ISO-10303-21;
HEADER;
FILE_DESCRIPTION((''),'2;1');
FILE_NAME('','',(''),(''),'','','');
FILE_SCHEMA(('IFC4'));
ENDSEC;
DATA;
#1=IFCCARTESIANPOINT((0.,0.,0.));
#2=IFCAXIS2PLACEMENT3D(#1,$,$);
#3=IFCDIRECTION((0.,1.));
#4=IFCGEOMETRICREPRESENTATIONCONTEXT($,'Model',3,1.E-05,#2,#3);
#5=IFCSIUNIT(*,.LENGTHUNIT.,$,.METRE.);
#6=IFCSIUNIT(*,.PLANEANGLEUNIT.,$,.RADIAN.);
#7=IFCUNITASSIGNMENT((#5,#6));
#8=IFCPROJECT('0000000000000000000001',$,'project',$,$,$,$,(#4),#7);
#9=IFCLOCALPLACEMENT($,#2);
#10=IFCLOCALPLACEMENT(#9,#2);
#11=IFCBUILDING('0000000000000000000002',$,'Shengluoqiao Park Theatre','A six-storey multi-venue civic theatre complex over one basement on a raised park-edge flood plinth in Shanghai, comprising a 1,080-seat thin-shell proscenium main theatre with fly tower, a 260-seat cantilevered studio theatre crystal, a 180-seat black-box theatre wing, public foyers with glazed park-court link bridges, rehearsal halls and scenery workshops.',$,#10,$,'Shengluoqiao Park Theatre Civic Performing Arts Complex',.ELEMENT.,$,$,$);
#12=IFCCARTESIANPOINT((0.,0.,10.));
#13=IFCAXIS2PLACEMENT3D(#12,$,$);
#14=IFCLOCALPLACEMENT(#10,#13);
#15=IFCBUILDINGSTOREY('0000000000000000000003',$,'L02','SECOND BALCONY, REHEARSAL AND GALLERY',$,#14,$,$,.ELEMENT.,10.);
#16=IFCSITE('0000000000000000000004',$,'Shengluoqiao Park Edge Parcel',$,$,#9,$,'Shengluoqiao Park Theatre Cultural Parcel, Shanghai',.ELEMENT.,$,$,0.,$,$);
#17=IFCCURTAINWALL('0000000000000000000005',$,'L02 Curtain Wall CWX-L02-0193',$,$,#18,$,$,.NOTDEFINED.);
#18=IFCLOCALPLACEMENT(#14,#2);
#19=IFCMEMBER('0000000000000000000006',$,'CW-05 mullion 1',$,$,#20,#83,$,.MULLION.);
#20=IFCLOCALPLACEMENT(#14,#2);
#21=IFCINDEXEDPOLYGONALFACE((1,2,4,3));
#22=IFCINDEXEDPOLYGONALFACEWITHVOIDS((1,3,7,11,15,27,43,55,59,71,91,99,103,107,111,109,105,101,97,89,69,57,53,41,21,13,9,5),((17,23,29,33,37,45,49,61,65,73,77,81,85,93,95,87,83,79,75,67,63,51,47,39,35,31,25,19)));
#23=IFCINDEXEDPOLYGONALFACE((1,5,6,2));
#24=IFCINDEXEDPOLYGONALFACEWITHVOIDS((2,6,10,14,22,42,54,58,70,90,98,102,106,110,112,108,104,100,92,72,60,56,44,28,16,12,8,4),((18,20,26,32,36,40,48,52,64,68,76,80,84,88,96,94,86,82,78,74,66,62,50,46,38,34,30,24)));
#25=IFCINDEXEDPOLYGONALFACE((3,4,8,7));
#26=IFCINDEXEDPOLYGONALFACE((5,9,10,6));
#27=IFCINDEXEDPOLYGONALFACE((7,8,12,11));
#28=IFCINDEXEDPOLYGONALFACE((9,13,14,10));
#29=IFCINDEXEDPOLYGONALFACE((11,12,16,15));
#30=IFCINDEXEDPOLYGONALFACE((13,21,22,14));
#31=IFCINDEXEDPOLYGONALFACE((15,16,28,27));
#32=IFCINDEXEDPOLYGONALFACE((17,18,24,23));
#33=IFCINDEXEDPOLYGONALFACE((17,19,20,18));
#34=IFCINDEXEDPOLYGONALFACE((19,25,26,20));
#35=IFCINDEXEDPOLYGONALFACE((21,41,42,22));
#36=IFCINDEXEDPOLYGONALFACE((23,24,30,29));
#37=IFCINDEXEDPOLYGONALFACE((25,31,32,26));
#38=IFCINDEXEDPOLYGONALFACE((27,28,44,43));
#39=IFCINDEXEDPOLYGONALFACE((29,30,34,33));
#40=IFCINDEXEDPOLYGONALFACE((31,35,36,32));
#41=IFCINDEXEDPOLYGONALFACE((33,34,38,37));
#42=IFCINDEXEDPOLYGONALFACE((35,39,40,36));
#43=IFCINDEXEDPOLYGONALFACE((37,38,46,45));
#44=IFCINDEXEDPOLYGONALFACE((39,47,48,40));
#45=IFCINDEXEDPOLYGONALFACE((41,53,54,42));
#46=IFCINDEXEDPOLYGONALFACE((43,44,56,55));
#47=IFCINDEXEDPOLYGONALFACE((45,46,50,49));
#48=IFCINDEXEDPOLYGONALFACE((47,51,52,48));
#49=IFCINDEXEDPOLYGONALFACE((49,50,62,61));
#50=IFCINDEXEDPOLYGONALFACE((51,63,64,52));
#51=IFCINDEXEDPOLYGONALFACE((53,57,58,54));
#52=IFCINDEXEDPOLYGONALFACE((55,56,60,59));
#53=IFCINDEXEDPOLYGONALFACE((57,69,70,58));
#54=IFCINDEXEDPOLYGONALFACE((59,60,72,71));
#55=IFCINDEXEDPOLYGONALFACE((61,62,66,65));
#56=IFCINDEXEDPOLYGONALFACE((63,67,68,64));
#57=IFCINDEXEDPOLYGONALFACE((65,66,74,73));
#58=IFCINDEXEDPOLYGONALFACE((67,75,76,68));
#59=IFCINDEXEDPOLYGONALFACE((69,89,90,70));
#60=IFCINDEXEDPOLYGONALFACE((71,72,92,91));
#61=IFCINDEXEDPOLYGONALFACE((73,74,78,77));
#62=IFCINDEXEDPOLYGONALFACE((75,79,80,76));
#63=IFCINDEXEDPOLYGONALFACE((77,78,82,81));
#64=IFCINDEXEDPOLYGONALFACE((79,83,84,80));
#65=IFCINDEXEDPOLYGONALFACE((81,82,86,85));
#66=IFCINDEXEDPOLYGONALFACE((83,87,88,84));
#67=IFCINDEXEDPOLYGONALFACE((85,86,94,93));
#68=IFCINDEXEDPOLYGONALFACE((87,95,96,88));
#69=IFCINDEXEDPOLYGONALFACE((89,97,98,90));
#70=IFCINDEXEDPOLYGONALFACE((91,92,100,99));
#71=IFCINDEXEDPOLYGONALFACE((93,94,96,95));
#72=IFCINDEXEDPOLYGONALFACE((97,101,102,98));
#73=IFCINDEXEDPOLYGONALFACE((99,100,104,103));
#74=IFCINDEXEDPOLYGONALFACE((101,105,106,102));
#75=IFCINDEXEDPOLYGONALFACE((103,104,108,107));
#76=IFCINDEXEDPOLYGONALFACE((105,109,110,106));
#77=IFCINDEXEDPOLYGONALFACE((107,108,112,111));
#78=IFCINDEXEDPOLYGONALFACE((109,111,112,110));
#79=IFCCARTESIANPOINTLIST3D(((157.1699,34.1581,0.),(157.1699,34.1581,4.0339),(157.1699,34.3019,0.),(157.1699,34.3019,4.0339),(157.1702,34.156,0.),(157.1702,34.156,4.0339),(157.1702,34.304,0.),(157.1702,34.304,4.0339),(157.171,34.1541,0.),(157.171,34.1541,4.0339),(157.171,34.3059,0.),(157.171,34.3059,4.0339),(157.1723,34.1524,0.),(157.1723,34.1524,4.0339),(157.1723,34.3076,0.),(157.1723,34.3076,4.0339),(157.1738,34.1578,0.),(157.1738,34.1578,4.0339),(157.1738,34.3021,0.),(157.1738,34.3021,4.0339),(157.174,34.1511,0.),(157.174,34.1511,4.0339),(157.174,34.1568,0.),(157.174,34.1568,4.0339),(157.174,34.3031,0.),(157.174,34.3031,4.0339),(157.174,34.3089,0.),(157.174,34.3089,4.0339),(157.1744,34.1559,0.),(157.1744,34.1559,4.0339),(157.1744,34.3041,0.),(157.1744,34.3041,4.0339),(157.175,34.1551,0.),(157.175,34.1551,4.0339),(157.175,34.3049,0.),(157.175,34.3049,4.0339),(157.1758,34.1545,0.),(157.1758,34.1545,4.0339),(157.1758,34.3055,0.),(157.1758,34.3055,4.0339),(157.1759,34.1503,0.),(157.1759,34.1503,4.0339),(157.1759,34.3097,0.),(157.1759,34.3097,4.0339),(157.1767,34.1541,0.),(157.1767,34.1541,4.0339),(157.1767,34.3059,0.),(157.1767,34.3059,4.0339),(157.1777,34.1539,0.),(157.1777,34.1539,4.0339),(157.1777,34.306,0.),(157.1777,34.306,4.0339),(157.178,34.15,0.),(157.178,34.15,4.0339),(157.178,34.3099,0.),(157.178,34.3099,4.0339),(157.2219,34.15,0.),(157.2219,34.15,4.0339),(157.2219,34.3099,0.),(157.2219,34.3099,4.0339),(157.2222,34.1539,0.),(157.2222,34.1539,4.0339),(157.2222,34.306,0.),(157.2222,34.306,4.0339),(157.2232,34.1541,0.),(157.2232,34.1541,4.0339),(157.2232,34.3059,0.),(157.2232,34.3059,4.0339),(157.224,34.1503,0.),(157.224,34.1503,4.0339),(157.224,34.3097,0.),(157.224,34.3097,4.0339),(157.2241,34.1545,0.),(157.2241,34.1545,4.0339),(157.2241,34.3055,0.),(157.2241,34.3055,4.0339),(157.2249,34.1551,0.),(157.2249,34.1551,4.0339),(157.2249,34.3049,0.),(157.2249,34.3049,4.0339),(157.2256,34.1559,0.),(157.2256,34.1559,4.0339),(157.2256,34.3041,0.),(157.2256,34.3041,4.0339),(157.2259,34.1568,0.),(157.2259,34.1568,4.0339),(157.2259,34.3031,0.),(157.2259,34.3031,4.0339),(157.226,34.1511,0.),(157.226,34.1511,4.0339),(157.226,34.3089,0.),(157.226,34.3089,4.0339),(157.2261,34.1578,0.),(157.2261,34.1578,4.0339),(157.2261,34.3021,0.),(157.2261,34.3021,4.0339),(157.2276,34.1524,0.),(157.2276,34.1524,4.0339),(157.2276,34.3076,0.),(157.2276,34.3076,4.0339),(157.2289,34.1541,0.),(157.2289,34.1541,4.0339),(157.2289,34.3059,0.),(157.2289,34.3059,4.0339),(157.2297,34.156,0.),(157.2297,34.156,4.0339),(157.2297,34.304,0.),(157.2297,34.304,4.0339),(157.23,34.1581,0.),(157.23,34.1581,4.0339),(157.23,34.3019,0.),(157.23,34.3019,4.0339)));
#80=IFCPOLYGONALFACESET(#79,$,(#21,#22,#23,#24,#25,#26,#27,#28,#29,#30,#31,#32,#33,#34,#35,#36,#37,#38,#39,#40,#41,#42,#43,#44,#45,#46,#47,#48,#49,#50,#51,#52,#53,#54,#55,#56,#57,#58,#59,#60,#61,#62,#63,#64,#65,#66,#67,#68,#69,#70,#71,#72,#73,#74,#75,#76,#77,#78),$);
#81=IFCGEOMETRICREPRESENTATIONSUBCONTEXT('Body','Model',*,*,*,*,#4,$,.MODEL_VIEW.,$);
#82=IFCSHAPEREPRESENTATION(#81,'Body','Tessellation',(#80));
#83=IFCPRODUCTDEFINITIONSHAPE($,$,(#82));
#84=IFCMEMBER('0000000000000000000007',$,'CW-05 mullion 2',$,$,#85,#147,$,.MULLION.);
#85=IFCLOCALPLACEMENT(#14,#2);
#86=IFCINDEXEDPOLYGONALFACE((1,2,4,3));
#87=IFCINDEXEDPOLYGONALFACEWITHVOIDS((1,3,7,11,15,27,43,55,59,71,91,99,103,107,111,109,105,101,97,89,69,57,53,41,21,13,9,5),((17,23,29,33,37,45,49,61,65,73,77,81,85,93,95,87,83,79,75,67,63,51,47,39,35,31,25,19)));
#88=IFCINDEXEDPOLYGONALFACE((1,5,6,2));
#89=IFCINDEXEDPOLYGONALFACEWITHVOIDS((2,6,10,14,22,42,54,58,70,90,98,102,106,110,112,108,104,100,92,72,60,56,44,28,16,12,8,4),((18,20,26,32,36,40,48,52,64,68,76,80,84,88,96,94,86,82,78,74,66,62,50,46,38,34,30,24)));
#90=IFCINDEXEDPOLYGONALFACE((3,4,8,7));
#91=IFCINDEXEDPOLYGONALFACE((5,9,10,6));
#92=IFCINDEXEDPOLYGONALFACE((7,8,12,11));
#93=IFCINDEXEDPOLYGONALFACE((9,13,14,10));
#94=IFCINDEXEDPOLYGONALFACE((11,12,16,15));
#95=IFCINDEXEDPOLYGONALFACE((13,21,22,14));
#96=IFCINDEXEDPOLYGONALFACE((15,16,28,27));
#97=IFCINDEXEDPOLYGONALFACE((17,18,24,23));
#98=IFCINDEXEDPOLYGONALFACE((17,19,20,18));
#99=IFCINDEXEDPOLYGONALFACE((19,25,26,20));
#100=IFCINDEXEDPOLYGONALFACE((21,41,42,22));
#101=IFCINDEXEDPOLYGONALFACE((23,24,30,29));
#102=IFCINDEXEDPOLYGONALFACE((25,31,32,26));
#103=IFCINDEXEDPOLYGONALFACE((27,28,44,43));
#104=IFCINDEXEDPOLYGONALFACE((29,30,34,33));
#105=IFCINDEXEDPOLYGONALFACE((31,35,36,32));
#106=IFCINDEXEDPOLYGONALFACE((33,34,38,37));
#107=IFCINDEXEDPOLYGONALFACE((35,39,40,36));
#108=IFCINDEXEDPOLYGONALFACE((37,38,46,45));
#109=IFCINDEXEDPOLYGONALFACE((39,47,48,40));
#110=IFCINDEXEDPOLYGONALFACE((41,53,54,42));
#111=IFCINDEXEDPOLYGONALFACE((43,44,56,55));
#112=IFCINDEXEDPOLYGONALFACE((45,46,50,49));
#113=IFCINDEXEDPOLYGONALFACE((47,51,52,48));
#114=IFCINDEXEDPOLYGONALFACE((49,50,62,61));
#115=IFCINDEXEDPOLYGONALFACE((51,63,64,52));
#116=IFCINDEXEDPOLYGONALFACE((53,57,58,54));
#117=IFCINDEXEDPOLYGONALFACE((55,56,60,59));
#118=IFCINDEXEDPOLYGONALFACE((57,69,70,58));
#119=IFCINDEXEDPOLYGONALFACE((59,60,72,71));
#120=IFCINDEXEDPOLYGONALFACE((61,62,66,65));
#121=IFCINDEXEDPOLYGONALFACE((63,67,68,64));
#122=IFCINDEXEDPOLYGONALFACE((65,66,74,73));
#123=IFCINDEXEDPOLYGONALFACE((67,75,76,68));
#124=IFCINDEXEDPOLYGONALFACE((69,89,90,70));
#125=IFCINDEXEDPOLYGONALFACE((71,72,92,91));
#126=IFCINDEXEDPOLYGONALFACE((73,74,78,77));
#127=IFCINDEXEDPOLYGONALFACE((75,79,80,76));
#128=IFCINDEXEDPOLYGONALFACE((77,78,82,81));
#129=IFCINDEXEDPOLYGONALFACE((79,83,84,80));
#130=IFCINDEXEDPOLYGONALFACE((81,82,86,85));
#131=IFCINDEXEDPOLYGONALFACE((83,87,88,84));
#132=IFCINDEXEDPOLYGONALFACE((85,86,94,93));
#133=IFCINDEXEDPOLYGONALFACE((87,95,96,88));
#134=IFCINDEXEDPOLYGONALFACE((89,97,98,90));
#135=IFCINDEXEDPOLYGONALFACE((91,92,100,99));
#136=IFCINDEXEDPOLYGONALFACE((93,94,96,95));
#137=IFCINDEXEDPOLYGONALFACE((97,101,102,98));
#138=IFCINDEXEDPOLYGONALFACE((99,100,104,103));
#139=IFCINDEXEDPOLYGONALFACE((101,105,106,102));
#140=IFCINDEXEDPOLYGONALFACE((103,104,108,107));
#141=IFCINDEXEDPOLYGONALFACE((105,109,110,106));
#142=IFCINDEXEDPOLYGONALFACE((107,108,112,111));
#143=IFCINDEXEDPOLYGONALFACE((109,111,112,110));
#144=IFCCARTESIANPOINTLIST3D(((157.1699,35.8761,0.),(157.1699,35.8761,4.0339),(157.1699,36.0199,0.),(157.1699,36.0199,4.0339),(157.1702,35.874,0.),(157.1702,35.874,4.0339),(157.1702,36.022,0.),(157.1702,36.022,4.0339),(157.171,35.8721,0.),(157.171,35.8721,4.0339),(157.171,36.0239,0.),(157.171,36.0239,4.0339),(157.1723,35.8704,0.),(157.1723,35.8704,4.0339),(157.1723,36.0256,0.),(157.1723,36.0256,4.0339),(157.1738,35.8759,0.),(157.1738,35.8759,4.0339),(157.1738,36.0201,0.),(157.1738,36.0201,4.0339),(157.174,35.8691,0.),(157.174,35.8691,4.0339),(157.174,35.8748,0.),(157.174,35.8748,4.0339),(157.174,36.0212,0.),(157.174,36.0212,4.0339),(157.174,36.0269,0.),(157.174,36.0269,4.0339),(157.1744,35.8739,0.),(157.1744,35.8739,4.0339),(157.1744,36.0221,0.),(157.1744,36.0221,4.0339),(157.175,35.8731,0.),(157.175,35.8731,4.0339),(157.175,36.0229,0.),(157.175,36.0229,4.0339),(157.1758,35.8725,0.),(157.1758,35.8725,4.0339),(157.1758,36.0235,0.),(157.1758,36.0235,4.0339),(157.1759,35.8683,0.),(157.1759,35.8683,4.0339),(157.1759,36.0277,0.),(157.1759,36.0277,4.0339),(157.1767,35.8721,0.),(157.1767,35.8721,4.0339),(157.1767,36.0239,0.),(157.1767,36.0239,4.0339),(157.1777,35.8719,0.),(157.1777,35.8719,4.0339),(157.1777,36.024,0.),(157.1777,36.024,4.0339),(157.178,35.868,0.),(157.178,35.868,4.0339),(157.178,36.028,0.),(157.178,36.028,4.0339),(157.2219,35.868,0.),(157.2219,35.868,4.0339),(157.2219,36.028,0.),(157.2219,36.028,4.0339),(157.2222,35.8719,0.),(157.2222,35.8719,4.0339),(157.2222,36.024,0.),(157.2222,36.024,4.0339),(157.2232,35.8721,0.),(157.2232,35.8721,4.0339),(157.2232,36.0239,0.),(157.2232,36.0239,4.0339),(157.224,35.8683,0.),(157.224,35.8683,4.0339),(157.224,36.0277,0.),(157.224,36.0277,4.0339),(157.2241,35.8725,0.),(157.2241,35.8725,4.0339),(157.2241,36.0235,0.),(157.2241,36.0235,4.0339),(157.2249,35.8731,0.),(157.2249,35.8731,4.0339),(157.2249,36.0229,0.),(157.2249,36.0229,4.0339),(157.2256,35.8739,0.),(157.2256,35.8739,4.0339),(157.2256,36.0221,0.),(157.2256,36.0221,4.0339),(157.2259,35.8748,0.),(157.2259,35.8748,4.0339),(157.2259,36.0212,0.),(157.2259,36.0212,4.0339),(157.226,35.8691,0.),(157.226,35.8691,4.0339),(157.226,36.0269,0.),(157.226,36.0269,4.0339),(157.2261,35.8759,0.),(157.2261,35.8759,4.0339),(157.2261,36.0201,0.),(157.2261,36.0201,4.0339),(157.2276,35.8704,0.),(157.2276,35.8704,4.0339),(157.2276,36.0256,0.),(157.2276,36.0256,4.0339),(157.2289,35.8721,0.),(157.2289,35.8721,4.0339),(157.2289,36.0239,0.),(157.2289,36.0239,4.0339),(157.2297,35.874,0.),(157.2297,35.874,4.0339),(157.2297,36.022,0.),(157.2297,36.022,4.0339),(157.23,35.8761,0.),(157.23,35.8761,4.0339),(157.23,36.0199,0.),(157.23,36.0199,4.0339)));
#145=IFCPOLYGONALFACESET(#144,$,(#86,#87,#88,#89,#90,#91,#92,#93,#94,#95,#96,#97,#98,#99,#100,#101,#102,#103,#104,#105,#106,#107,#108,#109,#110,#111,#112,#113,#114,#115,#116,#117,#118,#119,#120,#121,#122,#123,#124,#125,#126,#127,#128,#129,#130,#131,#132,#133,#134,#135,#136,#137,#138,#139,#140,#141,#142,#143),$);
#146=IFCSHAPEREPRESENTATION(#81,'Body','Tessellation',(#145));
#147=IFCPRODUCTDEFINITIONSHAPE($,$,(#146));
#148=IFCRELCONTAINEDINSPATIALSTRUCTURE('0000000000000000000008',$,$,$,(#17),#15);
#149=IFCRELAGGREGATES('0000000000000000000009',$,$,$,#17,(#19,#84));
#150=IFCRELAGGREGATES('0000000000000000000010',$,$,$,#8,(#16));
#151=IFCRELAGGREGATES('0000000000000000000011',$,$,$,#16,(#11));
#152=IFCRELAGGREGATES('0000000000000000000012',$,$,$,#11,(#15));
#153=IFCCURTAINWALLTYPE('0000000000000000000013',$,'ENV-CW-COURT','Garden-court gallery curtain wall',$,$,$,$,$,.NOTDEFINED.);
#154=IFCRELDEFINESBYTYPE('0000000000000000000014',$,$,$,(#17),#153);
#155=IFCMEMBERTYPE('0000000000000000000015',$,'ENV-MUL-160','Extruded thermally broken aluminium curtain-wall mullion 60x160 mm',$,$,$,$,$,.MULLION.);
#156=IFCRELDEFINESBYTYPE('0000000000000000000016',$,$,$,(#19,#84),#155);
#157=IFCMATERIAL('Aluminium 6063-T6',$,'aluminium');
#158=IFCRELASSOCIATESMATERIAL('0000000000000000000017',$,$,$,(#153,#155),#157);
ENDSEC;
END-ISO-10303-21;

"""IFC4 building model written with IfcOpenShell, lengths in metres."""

from ifc_helpers import new_model, si_unit, direction, frame, origin, origin_2d, place, context, subcontext, project, spatial, hollow_rectangle, extrude, material, material_profile, profile_set, type_object, element, aggregate, save


model = new_model("IFC4")

# Units and contexts
model_context = context("Model", 3, precision=1e-05, world=origin(), true_north=direction((0.0, 1.0)))
body_context = subcontext(model_context, "Body", "Model", "MODEL_VIEW")
ifc_project = project(units=[si_unit("LENGTHUNIT", "METRE"), si_unit("PLANEANGLEUNIT", "RADIAN")], contexts=[model_context])

# Site, building, storey
site_placement = place(None, origin())
site = spatial("IfcSite", under=ifc_project, at=site_placement, Name="Shengluoqiao Park Edge Parcel", LongName="Shengluoqiao Park Theatre Cultural Parcel, Shanghai", CompositionType="ELEMENT", RefElevation=0.0)
building_placement = place(site_placement, origin())
building = spatial("IfcBuilding", under=site, at=building_placement, Name="Shengluoqiao Park Theatre", Description="A six-storey multi-venue civic theatre complex over one basement on a raised park-edge flood plinth in Shanghai, comprising a 1,080-seat thin-shell proscenium main theatre with fly tower, a 260-seat cantilevered studio theatre crystal, a 180-seat black-box theatre wing, public foyers with glazed park-court link bridges, rehearsal halls and scenery workshops.", LongName="Shengluoqiao Park Theatre Civic Performing Arts Complex", CompositionType="ELEMENT")
storey_placement = place(building_placement, frame((0.0, 0.0, 10.0)))
storey = spatial("IfcBuildingStorey", under=building, at=storey_placement, Name="L02", Description="SECOND BALCONY, REHEARSAL AND GALLERY", CompositionType="ELEMENT", Elevation=10.0)

# Curtain wall, members
ifc_material_1 = material(Name="Aluminium 6063-T6", Category="aluminium")
curtain_wall_type = type_object("IfcCurtainWallType", Name="ENV-CW-COURT", Description="Garden-court gallery curtain wall", PredefinedType="NOTDEFINED", material=ifc_material_1)
ifc_material_profile_1 = material_profile(ifc_material_1, hollow_rectangle(XDim=0.0601, YDim=0.1599, WallThickness=0.0039, InnerFilletRadius=0.0039, OuterFilletRadius=0.0081, at=origin_2d()), Name="ALU MULLION 160x60x4")
ifc_profile_set_1 = profile_set([ifc_material_profile_1], Name="Aluminium 6063-T6")
member_type_1 = type_object("IfcMemberType", Name="ENV-MUL-160", Description="Extruded thermally broken aluminium curtain-wall mullion 60x160 mm", PredefinedType="MULLION", material=ifc_profile_set_1)
curtain_wall_1_placement = place(storey_placement, origin())
curtain_wall_1 = element("IfcCurtainWall", 1, at=curtain_wall_1_placement, inside=storey, type_object=curtain_wall_type, Name="L02 Curtain Wall CWX-L02-0193", PredefinedType="NOTDEFINED")
member_1_placement = place(storey_placement, frame((157.2, 34.23, 0.0), z_axis=(0.0, 0.0, 1.0), x_axis=(-1.0, 0.0, 0.0)))
member_1 = element("IfcMember", 2, at=member_1_placement, type_object=member_type_1, Name="CW-05 mullion 1", PredefinedType="MULLION", context=body_context, shape_type="SweptSolid", body=[
    extrude(hollow_rectangle(XDim=0.0601, YDim=0.1599, WallThickness=0.0039, InnerFilletRadius=0.0039, OuterFilletRadius=0.0081, at=origin_2d()), origin(), (0.0, 0.0, 1.0), 4.0339),
])
member_2_placement = place(storey_placement, frame((157.2, 35.948, 0.0), z_axis=(0.0, 0.0, 1.0), x_axis=(-1.0, 0.0, 0.0)))
member_2 = element("IfcMember", 3, at=member_2_placement, type_object=member_type_1, Name="CW-05 mullion 2", PredefinedType="MULLION", context=body_context, shape_type="SweptSolid", body=[
    extrude(hollow_rectangle(XDim=0.0601, YDim=0.1599, WallThickness=0.0039, InnerFilletRadius=0.0039, OuterFilletRadius=0.0081, at=origin_2d()), origin(), (0.0, 0.0, 1.0), 4.0339),
])

aggregate(curtain_wall_1, [member_1, member_2])

save(model, "model.ifc")
